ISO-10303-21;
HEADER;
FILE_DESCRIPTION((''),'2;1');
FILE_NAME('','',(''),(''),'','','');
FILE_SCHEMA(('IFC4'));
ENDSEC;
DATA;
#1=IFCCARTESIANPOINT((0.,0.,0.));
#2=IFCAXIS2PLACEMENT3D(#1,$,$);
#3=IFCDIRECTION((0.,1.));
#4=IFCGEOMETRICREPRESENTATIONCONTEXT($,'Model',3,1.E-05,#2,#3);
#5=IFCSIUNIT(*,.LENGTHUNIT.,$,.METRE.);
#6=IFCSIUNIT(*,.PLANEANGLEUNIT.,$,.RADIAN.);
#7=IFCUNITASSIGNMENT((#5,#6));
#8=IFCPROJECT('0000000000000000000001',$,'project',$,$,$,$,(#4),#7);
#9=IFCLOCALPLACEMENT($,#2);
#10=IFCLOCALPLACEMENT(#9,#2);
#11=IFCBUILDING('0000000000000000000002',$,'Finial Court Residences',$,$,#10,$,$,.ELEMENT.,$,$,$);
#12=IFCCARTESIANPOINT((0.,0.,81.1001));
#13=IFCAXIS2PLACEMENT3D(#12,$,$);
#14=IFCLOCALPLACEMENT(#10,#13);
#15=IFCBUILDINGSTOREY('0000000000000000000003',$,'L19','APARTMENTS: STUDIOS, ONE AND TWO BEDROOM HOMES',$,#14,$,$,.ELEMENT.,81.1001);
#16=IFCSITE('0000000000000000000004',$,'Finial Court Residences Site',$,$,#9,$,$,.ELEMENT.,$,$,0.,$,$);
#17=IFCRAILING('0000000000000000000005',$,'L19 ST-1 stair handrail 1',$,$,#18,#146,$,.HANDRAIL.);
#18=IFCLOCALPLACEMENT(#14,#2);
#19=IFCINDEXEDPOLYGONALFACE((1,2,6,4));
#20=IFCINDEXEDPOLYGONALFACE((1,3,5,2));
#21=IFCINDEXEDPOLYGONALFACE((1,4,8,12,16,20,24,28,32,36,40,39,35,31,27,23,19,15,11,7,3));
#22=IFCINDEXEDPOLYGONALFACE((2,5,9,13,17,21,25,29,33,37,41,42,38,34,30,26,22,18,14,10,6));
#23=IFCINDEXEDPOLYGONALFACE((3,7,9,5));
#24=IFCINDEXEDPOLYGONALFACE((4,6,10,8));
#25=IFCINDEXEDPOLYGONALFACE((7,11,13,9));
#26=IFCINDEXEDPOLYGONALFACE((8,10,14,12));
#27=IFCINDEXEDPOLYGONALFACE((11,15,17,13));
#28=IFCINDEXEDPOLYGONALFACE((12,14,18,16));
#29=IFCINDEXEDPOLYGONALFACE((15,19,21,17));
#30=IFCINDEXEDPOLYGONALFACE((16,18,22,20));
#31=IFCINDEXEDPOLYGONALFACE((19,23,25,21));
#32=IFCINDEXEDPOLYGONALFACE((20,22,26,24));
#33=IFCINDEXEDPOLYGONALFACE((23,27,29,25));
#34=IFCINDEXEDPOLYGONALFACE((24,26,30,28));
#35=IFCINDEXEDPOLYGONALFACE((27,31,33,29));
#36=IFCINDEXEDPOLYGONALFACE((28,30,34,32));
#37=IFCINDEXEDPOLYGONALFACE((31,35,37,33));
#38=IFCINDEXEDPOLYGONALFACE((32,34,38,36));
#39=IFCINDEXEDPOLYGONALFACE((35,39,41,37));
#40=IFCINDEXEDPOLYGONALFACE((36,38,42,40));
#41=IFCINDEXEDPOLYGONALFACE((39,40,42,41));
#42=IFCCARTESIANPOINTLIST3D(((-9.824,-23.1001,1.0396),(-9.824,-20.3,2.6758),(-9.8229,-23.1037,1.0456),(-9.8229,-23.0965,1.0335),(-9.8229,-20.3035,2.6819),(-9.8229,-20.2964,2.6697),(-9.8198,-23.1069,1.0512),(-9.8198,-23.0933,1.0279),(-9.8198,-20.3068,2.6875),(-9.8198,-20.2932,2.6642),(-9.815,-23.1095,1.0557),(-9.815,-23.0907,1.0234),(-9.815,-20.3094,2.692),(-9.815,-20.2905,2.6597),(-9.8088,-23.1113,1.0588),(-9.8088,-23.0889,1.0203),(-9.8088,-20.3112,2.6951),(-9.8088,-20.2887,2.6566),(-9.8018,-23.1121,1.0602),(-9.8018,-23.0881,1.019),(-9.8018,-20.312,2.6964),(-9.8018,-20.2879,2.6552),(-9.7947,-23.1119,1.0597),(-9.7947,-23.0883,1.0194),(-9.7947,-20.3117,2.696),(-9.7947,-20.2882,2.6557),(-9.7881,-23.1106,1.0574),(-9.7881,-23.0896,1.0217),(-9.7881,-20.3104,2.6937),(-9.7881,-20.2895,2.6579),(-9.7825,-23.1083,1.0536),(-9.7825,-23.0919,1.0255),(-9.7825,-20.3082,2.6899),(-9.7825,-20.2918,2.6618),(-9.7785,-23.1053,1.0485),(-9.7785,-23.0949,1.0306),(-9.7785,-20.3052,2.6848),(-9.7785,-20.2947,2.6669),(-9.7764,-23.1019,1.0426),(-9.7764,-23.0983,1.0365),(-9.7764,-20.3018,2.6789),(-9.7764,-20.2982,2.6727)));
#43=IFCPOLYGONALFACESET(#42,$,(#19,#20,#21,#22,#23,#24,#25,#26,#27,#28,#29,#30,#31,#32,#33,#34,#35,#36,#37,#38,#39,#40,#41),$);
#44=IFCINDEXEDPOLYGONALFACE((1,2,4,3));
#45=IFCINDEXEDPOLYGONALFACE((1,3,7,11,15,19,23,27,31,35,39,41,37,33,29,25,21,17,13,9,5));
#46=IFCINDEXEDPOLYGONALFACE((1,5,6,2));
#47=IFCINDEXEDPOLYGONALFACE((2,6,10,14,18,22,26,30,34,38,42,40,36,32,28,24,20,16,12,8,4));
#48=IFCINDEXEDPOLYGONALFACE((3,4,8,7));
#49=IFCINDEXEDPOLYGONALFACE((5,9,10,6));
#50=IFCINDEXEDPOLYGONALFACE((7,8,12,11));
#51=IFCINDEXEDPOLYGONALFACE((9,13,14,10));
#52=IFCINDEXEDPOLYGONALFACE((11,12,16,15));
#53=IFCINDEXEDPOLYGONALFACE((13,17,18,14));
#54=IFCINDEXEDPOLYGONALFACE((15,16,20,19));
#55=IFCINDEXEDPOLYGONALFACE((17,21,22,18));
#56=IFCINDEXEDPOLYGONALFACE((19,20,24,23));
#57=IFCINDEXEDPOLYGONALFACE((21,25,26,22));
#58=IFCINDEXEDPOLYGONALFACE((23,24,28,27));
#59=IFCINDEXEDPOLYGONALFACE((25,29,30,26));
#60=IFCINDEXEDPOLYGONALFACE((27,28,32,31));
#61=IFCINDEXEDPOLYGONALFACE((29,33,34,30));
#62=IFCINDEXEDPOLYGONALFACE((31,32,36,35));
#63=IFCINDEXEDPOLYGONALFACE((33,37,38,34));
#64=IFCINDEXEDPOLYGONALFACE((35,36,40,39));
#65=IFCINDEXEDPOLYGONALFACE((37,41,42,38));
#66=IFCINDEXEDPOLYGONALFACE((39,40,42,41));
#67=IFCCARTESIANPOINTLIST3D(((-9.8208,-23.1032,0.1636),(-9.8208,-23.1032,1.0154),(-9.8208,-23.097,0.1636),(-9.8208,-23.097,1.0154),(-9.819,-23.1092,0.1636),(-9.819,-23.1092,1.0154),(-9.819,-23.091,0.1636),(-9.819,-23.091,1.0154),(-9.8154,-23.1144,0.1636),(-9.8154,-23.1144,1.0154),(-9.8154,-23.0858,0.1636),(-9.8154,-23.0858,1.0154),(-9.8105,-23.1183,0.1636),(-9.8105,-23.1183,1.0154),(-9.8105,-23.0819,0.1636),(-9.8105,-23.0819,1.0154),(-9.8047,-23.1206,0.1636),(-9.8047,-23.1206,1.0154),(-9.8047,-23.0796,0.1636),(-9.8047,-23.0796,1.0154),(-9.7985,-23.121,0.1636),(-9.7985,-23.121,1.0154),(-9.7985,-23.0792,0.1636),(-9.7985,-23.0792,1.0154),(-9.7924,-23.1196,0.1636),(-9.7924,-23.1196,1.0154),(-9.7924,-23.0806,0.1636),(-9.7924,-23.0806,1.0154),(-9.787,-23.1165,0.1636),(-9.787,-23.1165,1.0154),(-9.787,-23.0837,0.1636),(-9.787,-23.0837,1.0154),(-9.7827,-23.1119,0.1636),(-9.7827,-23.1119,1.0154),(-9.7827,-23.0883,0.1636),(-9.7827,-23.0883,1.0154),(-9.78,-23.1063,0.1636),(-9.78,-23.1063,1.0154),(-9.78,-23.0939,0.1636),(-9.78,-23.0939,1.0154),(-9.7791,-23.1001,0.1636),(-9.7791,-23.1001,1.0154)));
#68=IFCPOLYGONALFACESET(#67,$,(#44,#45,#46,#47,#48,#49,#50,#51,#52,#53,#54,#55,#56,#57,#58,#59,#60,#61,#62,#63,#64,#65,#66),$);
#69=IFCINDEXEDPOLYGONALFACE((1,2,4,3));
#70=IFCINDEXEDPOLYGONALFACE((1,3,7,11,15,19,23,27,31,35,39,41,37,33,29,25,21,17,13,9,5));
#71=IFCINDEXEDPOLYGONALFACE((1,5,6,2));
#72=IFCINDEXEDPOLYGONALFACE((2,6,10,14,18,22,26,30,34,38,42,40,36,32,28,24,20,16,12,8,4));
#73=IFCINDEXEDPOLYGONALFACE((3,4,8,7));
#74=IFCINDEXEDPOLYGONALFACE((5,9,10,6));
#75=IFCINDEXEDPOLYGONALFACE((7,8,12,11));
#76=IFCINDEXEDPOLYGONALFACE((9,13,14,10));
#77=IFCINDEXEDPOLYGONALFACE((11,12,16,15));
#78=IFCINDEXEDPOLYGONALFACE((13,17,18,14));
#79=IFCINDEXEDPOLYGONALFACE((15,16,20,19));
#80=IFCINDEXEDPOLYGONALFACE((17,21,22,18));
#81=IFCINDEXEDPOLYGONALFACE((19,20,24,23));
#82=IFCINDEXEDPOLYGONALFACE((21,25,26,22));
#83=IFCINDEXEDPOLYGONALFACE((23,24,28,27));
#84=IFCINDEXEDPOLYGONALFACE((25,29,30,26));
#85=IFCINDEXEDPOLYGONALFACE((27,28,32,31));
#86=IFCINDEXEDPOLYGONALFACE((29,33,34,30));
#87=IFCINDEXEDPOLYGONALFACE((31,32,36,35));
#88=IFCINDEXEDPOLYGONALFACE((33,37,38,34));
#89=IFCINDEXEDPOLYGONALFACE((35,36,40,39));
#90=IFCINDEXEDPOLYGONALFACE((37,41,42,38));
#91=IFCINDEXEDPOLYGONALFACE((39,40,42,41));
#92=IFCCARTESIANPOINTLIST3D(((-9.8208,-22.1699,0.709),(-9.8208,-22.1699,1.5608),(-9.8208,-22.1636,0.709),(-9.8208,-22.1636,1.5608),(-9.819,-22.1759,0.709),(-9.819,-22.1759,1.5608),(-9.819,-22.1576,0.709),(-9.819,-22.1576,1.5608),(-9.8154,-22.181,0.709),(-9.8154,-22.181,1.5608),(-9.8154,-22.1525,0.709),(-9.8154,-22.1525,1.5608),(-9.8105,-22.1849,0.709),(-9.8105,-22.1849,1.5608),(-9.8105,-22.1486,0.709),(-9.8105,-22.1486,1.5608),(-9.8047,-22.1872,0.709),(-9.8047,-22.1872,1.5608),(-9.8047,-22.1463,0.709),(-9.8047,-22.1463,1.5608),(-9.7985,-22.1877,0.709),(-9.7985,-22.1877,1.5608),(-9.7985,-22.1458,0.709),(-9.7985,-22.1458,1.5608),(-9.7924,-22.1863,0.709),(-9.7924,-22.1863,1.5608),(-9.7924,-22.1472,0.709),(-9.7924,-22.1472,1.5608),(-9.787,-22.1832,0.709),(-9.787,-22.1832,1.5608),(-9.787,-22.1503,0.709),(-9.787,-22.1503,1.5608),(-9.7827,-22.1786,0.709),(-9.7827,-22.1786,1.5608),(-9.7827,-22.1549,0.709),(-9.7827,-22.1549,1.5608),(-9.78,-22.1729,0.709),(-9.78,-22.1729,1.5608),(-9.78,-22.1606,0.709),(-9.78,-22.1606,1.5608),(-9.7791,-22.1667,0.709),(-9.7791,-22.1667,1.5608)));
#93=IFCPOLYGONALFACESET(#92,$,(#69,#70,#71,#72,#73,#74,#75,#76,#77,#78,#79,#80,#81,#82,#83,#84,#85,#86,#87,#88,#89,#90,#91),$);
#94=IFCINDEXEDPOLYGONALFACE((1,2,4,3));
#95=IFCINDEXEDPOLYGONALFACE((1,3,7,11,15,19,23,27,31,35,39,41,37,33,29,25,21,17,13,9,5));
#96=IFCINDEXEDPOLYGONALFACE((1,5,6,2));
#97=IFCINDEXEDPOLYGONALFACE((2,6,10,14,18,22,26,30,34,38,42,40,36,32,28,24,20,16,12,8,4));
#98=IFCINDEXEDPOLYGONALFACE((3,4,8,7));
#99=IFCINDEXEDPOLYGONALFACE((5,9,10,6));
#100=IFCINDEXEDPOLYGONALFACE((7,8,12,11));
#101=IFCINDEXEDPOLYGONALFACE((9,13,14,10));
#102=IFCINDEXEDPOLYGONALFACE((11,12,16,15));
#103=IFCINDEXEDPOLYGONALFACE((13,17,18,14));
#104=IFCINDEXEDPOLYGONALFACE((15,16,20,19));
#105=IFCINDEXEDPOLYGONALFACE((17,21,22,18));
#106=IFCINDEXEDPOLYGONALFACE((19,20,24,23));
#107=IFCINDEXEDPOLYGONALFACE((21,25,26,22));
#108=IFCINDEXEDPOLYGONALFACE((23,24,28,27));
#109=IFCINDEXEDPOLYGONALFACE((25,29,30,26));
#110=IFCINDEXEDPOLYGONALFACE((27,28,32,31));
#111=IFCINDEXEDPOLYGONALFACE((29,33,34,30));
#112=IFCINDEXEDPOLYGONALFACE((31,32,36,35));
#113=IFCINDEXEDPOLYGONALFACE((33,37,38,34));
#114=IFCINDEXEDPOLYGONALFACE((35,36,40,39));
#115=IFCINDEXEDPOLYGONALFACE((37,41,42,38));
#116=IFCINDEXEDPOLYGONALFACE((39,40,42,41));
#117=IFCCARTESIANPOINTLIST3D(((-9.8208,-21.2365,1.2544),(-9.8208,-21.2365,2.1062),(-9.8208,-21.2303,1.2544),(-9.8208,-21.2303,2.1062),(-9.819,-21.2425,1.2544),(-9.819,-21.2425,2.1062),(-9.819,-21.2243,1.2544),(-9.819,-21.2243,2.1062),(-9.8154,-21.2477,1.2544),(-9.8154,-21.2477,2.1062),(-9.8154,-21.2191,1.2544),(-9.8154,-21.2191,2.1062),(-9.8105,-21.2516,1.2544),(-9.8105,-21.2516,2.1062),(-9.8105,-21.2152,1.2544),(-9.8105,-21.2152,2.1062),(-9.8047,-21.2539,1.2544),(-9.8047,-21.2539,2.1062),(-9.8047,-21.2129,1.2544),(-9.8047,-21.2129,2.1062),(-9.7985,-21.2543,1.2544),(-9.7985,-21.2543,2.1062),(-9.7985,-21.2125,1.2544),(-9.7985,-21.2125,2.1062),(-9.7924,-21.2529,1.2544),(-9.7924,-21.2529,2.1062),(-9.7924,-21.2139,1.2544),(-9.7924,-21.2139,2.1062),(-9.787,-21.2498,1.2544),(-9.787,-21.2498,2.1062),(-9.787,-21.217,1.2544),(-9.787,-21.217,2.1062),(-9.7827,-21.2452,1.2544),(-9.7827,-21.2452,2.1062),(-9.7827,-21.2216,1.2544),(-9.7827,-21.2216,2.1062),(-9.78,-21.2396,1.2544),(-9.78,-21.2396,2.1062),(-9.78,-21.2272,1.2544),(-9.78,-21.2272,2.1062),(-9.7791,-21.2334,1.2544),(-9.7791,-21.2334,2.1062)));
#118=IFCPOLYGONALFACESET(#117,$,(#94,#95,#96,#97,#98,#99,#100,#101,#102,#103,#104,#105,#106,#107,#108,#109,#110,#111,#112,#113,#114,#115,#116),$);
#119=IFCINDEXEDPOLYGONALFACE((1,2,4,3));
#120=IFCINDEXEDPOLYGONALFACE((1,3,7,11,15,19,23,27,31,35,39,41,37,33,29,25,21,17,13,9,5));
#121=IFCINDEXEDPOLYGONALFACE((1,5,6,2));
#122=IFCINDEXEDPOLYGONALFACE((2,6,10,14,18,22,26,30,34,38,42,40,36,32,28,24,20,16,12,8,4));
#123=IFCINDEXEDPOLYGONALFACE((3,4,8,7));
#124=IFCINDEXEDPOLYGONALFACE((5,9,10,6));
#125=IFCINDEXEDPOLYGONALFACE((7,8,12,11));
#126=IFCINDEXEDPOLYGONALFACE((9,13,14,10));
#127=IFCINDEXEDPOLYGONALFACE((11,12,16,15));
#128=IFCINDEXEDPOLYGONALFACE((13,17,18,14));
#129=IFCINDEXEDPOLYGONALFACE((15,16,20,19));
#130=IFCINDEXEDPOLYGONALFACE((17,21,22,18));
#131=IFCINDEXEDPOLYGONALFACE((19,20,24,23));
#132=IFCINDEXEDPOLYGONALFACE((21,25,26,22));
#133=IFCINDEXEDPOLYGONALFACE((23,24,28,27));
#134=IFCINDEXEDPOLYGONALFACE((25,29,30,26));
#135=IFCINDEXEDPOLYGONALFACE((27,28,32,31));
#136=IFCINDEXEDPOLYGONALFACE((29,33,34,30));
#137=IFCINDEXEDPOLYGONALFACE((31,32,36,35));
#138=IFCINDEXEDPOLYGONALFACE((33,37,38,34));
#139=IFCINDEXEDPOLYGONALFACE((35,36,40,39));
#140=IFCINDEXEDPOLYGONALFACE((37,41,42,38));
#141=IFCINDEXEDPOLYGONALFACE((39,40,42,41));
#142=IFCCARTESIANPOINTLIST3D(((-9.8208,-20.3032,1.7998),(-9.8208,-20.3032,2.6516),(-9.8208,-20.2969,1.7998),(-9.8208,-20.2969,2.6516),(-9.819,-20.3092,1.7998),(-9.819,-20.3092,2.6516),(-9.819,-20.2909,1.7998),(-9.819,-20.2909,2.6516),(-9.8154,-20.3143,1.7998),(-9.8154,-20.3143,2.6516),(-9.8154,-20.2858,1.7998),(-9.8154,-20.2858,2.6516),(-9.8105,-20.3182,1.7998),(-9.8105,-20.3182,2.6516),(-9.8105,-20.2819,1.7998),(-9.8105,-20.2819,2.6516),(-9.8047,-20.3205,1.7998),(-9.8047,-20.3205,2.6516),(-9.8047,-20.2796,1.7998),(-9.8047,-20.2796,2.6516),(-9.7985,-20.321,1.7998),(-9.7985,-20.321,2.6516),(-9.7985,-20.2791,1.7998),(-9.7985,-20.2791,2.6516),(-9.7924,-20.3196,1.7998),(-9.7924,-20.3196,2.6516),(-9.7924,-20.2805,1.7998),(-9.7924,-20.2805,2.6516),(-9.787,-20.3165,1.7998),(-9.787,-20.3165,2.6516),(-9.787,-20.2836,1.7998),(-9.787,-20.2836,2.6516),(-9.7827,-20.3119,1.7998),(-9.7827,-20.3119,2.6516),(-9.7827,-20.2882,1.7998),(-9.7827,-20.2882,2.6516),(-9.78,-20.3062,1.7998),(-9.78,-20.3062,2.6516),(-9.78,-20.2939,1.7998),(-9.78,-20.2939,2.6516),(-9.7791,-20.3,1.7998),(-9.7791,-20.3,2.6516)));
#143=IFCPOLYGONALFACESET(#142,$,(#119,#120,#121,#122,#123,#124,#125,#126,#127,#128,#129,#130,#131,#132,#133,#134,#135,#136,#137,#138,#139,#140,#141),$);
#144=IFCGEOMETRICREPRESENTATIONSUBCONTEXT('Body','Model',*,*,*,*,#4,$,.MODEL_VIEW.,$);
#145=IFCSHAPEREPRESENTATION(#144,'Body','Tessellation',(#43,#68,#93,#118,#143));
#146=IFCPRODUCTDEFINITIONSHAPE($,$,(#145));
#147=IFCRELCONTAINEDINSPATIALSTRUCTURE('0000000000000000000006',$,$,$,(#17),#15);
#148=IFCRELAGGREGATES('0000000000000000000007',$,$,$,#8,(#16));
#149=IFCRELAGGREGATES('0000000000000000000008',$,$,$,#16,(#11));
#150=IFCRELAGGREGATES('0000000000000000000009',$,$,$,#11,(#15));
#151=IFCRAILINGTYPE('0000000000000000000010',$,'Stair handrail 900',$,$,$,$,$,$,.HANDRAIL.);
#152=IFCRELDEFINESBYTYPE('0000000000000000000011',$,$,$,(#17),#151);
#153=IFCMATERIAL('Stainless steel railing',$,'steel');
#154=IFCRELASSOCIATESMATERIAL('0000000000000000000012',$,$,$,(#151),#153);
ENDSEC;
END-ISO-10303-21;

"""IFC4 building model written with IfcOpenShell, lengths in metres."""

from ifc_helpers import new_model, si_unit, direction, frame, origin, origin_2d, place, context, subcontext, project, spatial, circle, extrude, material, type_object, element, save


model = new_model("IFC4")

# Units and contexts
model_context = context("Model", 3, precision=1e-05, world=origin(), true_north=direction((0.0, 1.0)))
body_context = subcontext(model_context, "Body", "Model", "MODEL_VIEW")
ifc_project = project(units=[si_unit("LENGTHUNIT", "METRE"), si_unit("PLANEANGLEUNIT", "RADIAN")], contexts=[model_context])

# Site, building, storey
site_placement = place(None, origin())
site = spatial("IfcSite", under=ifc_project, at=site_placement, Name="Finial Court Residences Site", CompositionType="ELEMENT", RefElevation=0.0)
building_placement = place(site_placement, origin())
building = spatial("IfcBuilding", under=site, at=building_placement, Name="Finial Court Residences", CompositionType="ELEMENT")
storey_placement = place(building_placement, frame((0.0, 0.0, 81.1001)))
storey = spatial("IfcBuildingStorey", under=building, at=storey_placement, Name="L19", Description="APARTMENTS: STUDIOS, ONE AND TWO BEDROOM HOMES", CompositionType="ELEMENT", Elevation=81.1001)

# Railing
ifc_material_1 = material(Name="Stainless steel railing", Category="steel")
railing_type = type_object("IfcRailingType", Name="Stair handrail 900", PredefinedType="HANDRAIL", material=ifc_material_1)
railing_placement = place(storey_placement, frame((-9.8, -23.1001, 0.1636)))
element("IfcRailing", 1, at=railing_placement, inside=storey, type_object=railing_type, Name="L19 ST-1 stair handrail 1", PredefinedType="HANDRAIL", context=body_context, shape_type="SweptSolid", body=[
    extrude(circle(Radius=0.0239, at=origin_2d()), frame((0.0, 0.0, 0.876), z_axis=(0.0, 0.863394, 0.504531), x_axis=(-1.0, 0.0, 0.0)), (0.0, 0.0, 1.0), 3.2432),
    extrude(circle(Radius=0.021, at=origin_2d()), origin(), (0.0, 0.0, 1.0), 0.8518),
    extrude(circle(Radius=0.021, at=origin_2d()), frame((0.0, 0.9333, 0.5454)), (0.0, 0.0, 1.0), 0.8518),
    extrude(circle(Radius=0.021, at=origin_2d()), frame((0.0, 1.8667, 1.0908)), (0.0, 0.0, 1.0), 0.8518),
    extrude(circle(Radius=0.021, at=origin_2d()), frame((0.0, 2.8, 1.6362)), (0.0, 0.0, 1.0), 0.8518),
])

save(model, "model.ifc")
